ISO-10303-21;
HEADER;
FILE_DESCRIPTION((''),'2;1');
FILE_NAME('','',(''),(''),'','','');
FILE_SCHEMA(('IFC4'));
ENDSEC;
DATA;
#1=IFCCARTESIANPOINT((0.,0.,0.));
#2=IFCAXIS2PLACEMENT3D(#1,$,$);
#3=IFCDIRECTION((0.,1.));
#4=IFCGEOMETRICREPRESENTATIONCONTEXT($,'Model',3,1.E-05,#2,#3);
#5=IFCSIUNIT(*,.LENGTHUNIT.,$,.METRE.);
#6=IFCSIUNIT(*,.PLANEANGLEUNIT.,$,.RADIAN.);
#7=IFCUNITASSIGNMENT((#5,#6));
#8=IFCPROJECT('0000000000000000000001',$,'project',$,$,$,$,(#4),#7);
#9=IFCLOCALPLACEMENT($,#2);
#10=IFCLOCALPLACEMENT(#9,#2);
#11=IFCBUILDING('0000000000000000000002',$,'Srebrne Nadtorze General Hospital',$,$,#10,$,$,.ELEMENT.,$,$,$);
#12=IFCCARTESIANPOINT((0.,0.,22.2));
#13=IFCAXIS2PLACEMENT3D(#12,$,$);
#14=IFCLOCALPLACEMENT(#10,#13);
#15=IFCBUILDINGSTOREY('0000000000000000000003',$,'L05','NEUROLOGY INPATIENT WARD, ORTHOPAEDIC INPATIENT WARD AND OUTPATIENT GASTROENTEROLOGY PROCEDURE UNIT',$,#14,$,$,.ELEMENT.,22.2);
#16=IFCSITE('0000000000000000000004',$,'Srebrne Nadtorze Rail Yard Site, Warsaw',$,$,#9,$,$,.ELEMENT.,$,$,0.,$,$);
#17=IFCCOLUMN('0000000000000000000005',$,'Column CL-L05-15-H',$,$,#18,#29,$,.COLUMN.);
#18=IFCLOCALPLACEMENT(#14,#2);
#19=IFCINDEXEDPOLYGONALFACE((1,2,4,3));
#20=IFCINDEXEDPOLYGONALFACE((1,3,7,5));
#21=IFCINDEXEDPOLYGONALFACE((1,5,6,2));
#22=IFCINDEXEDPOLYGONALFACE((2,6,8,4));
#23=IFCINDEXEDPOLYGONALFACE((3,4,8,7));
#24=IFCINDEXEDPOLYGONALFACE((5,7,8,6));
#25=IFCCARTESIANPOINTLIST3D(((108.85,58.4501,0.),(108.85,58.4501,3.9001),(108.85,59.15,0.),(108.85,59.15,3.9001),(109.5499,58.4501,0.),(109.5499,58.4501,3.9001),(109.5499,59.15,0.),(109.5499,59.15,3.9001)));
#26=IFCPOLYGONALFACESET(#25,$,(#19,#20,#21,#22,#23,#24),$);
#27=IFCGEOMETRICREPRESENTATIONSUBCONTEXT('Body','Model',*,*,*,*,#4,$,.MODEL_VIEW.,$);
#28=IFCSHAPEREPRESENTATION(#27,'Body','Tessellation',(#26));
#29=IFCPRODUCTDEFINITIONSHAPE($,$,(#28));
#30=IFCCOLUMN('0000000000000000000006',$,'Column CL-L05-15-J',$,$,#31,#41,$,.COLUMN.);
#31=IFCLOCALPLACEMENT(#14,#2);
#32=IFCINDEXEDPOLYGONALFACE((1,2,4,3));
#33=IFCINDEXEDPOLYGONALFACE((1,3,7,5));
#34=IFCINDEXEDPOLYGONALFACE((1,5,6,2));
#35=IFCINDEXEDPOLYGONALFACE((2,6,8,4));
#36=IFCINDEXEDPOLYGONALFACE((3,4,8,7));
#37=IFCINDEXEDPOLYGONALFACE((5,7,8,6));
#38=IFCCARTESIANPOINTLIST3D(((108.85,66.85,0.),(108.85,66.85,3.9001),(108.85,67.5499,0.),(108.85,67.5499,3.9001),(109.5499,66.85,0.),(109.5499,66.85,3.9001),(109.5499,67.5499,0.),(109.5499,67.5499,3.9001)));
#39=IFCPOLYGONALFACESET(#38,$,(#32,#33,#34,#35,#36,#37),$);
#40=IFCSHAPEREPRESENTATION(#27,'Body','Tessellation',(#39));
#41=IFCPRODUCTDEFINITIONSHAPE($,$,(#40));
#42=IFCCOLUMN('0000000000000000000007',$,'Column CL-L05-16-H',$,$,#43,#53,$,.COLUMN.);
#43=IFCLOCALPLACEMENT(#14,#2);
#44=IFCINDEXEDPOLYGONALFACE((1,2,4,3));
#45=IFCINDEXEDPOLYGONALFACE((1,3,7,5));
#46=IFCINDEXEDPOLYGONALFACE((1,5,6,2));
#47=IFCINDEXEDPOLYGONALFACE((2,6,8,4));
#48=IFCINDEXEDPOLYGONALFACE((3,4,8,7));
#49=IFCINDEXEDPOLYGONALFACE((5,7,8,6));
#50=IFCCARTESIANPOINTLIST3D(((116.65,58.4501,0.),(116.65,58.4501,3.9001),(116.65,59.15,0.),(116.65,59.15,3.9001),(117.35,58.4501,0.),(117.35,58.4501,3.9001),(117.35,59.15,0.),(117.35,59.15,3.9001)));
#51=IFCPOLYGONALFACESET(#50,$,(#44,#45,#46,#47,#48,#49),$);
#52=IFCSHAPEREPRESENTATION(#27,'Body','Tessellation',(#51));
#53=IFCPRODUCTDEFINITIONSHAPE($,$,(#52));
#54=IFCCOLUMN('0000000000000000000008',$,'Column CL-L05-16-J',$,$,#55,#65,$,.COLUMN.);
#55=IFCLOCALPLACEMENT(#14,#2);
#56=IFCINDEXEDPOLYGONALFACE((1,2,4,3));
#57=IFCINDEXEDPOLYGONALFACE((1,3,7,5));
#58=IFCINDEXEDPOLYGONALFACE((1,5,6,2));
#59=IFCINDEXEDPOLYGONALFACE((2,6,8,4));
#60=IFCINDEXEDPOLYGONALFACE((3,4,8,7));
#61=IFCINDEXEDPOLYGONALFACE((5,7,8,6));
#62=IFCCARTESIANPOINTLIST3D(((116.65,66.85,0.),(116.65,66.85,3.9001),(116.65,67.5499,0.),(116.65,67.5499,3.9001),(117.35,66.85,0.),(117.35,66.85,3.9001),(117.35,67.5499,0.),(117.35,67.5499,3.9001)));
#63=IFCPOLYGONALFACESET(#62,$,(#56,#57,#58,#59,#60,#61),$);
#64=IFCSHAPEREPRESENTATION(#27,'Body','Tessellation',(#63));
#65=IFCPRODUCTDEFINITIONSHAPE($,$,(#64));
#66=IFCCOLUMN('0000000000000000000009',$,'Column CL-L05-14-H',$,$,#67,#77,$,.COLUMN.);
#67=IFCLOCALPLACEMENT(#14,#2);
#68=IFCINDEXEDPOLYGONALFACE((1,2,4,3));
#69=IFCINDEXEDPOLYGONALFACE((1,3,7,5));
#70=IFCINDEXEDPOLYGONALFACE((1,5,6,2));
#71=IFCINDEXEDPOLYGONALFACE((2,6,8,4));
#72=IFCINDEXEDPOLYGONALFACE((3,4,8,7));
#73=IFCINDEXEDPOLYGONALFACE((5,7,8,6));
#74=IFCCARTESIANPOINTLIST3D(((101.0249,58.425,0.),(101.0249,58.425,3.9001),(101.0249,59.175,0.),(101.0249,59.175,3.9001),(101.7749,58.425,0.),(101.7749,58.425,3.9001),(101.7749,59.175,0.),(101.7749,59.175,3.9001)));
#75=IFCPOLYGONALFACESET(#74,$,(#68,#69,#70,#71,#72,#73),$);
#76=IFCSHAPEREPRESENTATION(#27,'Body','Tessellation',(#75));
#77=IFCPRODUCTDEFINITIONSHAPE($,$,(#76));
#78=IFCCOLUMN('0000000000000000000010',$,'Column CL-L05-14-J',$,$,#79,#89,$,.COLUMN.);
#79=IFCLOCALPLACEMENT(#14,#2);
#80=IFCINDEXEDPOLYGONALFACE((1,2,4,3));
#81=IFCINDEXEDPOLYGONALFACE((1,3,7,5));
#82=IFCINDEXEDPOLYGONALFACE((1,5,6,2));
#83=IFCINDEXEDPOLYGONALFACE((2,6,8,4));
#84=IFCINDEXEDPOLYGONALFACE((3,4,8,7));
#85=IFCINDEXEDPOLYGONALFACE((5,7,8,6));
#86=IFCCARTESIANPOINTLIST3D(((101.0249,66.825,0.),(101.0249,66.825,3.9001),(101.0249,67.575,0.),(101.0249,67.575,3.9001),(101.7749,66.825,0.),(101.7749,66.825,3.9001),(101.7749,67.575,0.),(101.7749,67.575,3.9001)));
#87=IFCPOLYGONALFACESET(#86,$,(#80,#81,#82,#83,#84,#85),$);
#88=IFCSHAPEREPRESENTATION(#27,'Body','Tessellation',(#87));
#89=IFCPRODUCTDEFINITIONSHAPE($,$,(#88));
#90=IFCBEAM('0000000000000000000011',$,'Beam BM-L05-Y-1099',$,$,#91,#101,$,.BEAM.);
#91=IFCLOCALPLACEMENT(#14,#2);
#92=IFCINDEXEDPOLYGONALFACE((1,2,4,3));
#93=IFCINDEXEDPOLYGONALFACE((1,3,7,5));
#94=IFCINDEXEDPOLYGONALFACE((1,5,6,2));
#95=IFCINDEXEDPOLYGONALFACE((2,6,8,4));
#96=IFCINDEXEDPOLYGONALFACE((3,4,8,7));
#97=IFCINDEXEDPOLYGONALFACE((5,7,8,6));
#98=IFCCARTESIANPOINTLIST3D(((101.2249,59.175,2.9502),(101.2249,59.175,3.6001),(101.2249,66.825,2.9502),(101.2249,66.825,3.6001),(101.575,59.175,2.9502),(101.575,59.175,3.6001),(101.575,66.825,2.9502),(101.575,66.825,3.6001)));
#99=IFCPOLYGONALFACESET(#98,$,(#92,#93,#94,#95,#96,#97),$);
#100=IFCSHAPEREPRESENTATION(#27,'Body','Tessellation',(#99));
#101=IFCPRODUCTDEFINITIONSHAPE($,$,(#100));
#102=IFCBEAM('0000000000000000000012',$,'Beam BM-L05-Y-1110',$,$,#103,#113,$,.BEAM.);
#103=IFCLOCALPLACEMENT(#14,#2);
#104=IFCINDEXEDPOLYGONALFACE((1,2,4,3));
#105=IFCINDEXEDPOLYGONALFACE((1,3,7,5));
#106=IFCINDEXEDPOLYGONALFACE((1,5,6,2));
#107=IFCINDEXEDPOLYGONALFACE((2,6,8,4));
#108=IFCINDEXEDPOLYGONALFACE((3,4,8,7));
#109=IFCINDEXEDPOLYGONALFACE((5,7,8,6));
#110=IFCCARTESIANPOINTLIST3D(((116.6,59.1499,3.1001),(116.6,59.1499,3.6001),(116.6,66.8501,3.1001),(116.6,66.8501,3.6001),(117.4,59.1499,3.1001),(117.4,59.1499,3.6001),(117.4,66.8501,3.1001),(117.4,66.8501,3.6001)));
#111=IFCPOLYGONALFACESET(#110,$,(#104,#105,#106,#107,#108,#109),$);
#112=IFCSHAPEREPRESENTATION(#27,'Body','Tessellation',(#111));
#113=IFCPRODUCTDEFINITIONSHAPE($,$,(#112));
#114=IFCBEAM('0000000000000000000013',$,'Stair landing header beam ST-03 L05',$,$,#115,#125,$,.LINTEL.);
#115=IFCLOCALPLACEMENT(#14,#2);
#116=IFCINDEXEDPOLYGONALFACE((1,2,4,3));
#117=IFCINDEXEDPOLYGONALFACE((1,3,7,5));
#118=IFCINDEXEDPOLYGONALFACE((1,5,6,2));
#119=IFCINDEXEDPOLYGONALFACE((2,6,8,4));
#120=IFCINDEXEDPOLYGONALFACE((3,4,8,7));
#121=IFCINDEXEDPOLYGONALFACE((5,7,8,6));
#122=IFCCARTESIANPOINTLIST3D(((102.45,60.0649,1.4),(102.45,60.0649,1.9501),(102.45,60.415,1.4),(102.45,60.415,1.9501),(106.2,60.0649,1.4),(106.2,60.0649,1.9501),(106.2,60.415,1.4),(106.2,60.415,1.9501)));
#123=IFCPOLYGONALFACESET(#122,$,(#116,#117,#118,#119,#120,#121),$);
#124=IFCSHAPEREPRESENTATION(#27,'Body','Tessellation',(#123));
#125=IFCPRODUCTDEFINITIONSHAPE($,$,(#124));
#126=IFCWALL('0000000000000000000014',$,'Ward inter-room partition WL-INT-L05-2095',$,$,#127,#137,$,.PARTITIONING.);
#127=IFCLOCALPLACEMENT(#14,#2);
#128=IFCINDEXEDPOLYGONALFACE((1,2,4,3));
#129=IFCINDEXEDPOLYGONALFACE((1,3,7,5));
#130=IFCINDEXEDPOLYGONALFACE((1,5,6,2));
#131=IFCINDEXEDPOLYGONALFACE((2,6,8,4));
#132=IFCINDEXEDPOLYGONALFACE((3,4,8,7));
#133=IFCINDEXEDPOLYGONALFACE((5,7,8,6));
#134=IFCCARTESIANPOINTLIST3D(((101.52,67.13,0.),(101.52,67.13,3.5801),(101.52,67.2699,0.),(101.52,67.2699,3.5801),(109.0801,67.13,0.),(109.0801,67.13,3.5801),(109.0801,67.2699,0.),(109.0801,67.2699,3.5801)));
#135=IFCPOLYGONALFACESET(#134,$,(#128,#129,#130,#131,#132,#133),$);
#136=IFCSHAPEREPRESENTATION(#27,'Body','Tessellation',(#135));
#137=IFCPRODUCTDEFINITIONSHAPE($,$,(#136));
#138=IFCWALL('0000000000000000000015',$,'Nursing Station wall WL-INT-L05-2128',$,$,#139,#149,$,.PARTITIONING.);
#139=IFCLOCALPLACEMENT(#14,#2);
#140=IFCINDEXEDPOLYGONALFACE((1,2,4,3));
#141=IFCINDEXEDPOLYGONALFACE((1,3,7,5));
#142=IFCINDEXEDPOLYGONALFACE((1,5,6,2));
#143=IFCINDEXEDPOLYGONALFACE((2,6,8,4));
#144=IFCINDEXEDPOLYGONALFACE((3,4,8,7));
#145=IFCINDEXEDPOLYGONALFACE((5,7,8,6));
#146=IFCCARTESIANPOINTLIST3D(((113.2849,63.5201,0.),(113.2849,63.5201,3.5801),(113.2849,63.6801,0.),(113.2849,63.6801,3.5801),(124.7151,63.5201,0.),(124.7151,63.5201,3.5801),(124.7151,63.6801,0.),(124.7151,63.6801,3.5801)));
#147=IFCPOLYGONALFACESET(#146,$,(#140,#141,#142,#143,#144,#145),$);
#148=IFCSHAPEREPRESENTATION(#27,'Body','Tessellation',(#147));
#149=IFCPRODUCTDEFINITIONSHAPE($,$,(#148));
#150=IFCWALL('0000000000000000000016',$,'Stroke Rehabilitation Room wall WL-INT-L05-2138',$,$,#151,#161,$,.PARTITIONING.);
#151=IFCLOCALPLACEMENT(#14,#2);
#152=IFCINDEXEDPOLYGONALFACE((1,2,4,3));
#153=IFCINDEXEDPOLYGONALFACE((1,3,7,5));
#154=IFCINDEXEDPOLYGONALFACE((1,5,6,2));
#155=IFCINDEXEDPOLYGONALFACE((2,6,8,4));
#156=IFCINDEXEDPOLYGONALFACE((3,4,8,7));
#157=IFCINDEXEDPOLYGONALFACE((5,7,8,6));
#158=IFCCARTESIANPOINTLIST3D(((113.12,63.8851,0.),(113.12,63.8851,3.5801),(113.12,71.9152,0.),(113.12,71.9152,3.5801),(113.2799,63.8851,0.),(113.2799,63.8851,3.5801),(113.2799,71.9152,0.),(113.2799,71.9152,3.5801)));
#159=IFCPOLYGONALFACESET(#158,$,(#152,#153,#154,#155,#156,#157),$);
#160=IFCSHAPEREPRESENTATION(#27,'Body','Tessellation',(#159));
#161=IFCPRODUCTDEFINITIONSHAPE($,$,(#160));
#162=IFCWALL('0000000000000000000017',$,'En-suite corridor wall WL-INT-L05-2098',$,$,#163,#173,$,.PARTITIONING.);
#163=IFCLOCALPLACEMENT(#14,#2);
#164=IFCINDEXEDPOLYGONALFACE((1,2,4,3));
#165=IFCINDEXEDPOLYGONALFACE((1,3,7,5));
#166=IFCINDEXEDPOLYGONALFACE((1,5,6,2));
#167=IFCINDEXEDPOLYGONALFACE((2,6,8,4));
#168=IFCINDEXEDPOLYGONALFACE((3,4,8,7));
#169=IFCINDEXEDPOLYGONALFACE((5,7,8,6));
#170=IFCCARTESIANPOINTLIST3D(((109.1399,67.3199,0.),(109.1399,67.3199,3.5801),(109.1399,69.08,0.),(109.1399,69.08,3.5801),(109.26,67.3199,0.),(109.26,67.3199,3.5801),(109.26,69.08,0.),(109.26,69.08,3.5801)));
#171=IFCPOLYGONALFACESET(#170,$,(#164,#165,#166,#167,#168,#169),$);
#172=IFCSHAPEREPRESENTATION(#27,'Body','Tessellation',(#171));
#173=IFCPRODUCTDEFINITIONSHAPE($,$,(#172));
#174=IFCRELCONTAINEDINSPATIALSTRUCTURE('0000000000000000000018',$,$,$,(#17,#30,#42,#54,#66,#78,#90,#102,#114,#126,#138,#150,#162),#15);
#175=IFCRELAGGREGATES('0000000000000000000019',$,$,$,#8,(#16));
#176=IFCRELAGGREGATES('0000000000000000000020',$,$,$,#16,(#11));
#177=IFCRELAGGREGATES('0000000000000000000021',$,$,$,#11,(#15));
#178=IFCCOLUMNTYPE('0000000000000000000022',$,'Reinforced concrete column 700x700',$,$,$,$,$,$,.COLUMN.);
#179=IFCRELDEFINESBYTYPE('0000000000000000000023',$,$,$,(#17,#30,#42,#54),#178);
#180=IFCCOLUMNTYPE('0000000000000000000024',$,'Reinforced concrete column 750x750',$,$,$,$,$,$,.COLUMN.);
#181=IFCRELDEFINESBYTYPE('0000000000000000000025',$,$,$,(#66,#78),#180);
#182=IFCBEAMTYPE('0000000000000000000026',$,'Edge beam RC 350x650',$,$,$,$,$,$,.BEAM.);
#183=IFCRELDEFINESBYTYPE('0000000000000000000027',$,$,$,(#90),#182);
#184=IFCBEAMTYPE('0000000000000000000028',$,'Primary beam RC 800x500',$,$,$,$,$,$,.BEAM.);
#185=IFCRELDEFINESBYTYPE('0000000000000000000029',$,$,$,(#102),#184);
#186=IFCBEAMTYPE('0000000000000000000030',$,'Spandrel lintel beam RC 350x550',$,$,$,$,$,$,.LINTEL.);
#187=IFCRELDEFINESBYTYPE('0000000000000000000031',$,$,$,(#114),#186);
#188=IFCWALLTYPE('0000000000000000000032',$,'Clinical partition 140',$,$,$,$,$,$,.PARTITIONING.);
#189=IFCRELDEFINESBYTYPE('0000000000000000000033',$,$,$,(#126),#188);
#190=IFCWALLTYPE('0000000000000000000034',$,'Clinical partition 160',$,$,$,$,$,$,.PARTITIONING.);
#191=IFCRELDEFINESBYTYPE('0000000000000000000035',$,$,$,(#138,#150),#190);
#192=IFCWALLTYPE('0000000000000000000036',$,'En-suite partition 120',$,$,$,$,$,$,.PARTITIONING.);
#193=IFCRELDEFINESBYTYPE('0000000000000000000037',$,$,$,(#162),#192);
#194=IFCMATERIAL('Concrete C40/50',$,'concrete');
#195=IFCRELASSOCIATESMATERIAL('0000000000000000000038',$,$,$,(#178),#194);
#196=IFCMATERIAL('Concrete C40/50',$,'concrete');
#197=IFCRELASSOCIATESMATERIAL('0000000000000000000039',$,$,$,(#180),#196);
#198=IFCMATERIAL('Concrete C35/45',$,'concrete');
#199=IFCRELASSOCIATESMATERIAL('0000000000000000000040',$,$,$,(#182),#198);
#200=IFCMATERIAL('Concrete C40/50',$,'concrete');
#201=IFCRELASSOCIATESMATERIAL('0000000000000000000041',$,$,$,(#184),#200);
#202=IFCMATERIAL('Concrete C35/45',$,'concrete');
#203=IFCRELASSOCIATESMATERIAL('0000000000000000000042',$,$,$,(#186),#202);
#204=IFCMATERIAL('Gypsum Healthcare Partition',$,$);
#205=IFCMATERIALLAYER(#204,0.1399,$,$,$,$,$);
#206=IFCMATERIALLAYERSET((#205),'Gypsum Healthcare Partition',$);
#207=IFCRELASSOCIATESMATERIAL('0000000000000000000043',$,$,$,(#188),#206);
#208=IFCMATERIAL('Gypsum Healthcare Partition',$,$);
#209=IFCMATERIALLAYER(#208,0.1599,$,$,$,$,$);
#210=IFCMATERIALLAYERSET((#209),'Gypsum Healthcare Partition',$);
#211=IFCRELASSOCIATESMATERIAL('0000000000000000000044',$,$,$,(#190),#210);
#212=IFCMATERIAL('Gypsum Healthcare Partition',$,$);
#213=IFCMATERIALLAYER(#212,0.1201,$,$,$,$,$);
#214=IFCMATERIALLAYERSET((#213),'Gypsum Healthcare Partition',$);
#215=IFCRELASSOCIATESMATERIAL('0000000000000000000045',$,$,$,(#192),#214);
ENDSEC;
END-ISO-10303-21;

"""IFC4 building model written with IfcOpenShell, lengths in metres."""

from ifc_helpers import new_model, si_unit, direction, frame, frame_2d, origin, origin_2d, place, context, subcontext, project, spatial, rectangle, extrude, material, layer, layer_set, material_profile, profile_set, type_object, element, save


model = new_model("IFC4")

# Units and contexts
model_context = context("Model", 3, precision=1e-05, world=origin(), true_north=direction((0.0, 1.0)))
body_context = subcontext(model_context, "Body", "Model", "MODEL_VIEW")
ifc_project = project(units=[si_unit("LENGTHUNIT", "METRE"), si_unit("PLANEANGLEUNIT", "RADIAN")], contexts=[model_context])

# Site, building, storey
site_placement = place(None, origin())
site = spatial("IfcSite", under=ifc_project, at=site_placement, Name="Srebrne Nadtorze Rail Yard Site, Warsaw", CompositionType="ELEMENT", RefElevation=0.0)
building_placement = place(site_placement, origin())
building = spatial("IfcBuilding", under=site, at=building_placement, Name="Srebrne Nadtorze General Hospital", CompositionType="ELEMENT")
storey_placement = place(building_placement, frame((0.0, 0.0, 22.2)))
storey = spatial("IfcBuildingStorey", under=building, at=storey_placement, Name="L05", Description="NEUROLOGY INPATIENT WARD, ORTHOPAEDIC INPATIENT WARD AND OUTPATIENT GASTROENTEROLOGY PROCEDURE UNIT", CompositionType="ELEMENT", Elevation=22.2)

# Columns
ifc_material_1 = material(Name="Concrete C40/50", Category="concrete")
ifc_material_profile_1 = material_profile(ifc_material_1, rectangle(XDim=0.7, YDim=0.7, at=origin_2d()), Name="RC-COL-700x700")
ifc_profile_set_1 = profile_set([ifc_material_profile_1], Name="Concrete C40/50")
column_type_1 = type_object("IfcColumnType", Name="Reinforced concrete column 700x700", PredefinedType="COLUMN", material=ifc_profile_set_1)
for number, where, z_axis, x_axis, name in (
    (1, (109.2, 58.8, 0.0), (0.0, 0.0, 1.0), (1.0, 0.0, 0.0), "Column CL-L05-15-H"),
    (2, (109.2, 67.2, 0.0), (0.0, 0.0, 1.0), (1.0, 0.0, 0.0), "Column CL-L05-15-J"),
    (3, (117.0, 58.8, 0.0), (0.0, 0.0, 1.0), (1.0, 0.0, 0.0), "Column CL-L05-16-H"),
    (4, (117.0, 67.2, 0.0), (0.0, 0.0, 1.0), (1.0, 0.0, 0.0), "Column CL-L05-16-J"),
):
    element("IfcColumn", number, at=place(storey_placement, frame(where, z_axis=z_axis, x_axis=x_axis)), inside=storey, type_object=column_type_1, Name=name, PredefinedType="COLUMN", context=body_context, shape_type="SweptSolid", body=[
        extrude(rectangle(XDim=0.7, YDim=0.7, at=origin_2d()), origin(), (0.0, 0.0, 1.0), 3.9001),
    ])
ifc_material_2 = material(Name="Concrete C40/50", Category="concrete")
ifc_material_profile_2 = material_profile(ifc_material_2, rectangle(XDim=0.75, YDim=0.75, at=origin_2d()), Name="RC-COL-750x750")
ifc_profile_set_2 = profile_set([ifc_material_profile_2], Name="Concrete C40/50")
column_type_2 = type_object("IfcColumnType", Name="Reinforced concrete column 750x750", PredefinedType="COLUMN", material=ifc_profile_set_2)
for number, where, z_axis, x_axis, name in (
    (5, (101.3999, 58.8, 0.0), (0.0, 0.0, 1.0), (1.0, 0.0, 0.0), "Column CL-L05-14-H"),
    (6, (101.3999, 67.2, 0.0), (0.0, 0.0, 1.0), (1.0, 0.0, 0.0), "Column CL-L05-14-J"),
):
    element("IfcColumn", number, at=place(storey_placement, frame(where, z_axis=z_axis, x_axis=x_axis)), inside=storey, type_object=column_type_2, Name=name, PredefinedType="COLUMN", context=body_context, shape_type="SweptSolid", body=[
        extrude(rectangle(XDim=0.75, YDim=0.75, at=origin_2d()), origin(), (0.0, 0.0, 1.0), 3.9001),
    ])

# Beams
ifc_material_3 = material(Name="Concrete C35/45", Category="concrete")
ifc_material_profile_3 = material_profile(ifc_material_3, rectangle(XDim=0.3501, YDim=0.6499, at=origin_2d()), Name="RC-BM-350x650")
ifc_profile_set_3 = profile_set([ifc_material_profile_3], Name="Concrete C35/45")
beam_type_1 = type_object("IfcBeamType", Name="Edge beam RC 350x650", PredefinedType="BEAM", material=ifc_profile_set_3)
beam_1_placement = place(storey_placement, frame((101.3999, 59.175, 3.2751), z_axis=(0.0, 1.0, 0.0), x_axis=(-1.0, 0.0, 0.0)))
element("IfcBeam", 7, at=beam_1_placement, inside=storey, type_object=beam_type_1, Name="Beam BM-L05-Y-1099", PredefinedType="BEAM", context=body_context, shape_type="SweptSolid", body=[
    extrude(rectangle(XDim=0.3501, YDim=0.6499, at=origin_2d()), origin(), (0.0, 0.0, 1.0), 7.6499),
])
ifc_material_4 = material(Name="Concrete C40/50", Category="concrete")
ifc_material_profile_4 = material_profile(ifc_material_4, rectangle(XDim=0.8, YDim=0.5, at=origin_2d()), Name="RC-BM-800x500")
ifc_profile_set_4 = profile_set([ifc_material_profile_4], Name="Concrete C40/50")
beam_type_2 = type_object("IfcBeamType", Name="Primary beam RC 800x500", PredefinedType="BEAM", material=ifc_profile_set_4)
beam_2_placement = place(storey_placement, frame((117.0, 59.1499, 3.3501), z_axis=(0.0, 1.0, 0.0), x_axis=(-1.0, 0.0, 0.0)))
element("IfcBeam", 8, at=beam_2_placement, inside=storey, type_object=beam_type_2, Name="Beam BM-L05-Y-1110", PredefinedType="BEAM", context=body_context, shape_type="SweptSolid", body=[
    extrude(rectangle(XDim=0.8, YDim=0.5, at=origin_2d()), origin(), (0.0, 0.0, 1.0), 7.7002),
])
ifc_material_5 = material(Name="Concrete C35/45", Category="concrete")
ifc_material_profile_5 = material_profile(ifc_material_5, rectangle(XDim=0.3501, YDim=0.55, at=origin_2d()), Name="RC-BM-350x550")
ifc_profile_set_5 = profile_set([ifc_material_profile_5], Name="Concrete C35/45")
beam_type_3 = type_object("IfcBeamType", Name="Spandrel lintel beam RC 350x550", PredefinedType="LINTEL", material=ifc_profile_set_5)
beam_3_placement = place(storey_placement, frame((102.45, 60.24, 1.675), z_axis=(1.0, 0.0, 0.0), x_axis=(0.0, 1.0, 0.0)))
element("IfcBeam", 9, at=beam_3_placement, inside=storey, type_object=beam_type_3, Name="Stair landing header beam ST-03 L05", PredefinedType="LINTEL", context=body_context, shape_type="SweptSolid", body=[
    extrude(rectangle(XDim=0.3501, YDim=0.55, at=origin_2d()), origin(), (0.0, 0.0, 1.0), 3.75),
])

# Walls
ifc_material_6 = material(Name="Gypsum Healthcare Partition")
ifc_layer_1 = layer(ifc_material_6, 0.1399)
ifc_layer_set_1 = layer_set([ifc_layer_1], Name="Gypsum Healthcare Partition")
wall_type_1 = type_object("IfcWallType", Name="Clinical partition 140", PredefinedType="PARTITIONING", material=ifc_layer_set_1)
wall_1_placement = place(storey_placement, frame((101.52, 67.2, 0.0), z_axis=(0.0, 0.0, 1.0), x_axis=(1.0, 0.0, 0.0)))
element("IfcWall", 10, at=wall_1_placement, inside=storey, type_object=wall_type_1, Name="Ward inter-room partition WL-INT-L05-2095", PredefinedType="PARTITIONING", context=body_context, shape_type="SweptSolid", body=[
    extrude(rectangle(XDim=7.5601, YDim=0.1399, at=frame_2d((3.78, 0.0))), origin(), (0.0, 0.0, 1.0), 3.5801),
])
ifc_material_7 = material(Name="Gypsum Healthcare Partition")
ifc_layer_2 = layer(ifc_material_7, 0.1599)
ifc_layer_set_2 = layer_set([ifc_layer_2], Name="Gypsum Healthcare Partition")
wall_type_2 = type_object("IfcWallType", Name="Clinical partition 160", PredefinedType="PARTITIONING", material=ifc_layer_set_2)
wall_2_placement = place(storey_placement, frame((113.2849, 63.6001, 0.0), z_axis=(0.0, 0.0, 1.0), x_axis=(1.0, 0.0, 0.0)))
element("IfcWall", 11, at=wall_2_placement, inside=storey, type_object=wall_type_2, Name="Nursing Station wall WL-INT-L05-2128", PredefinedType="PARTITIONING", context=body_context, shape_type="SweptSolid", body=[
    extrude(rectangle(XDim=11.4302, YDim=0.1599, at=frame_2d((5.7151, 0.0))), origin(), (0.0, 0.0, 1.0), 3.5801),
])
wall_3_placement = place(storey_placement, frame((113.2, 63.885, 0.0), z_axis=(0.0, 0.0, 1.0), x_axis=(0.0, 1.0, 0.0)))
element("IfcWall", 12, at=wall_3_placement, inside=storey, type_object=wall_type_2, Name="Stroke Rehabilitation Room wall WL-INT-L05-2138", PredefinedType="PARTITIONING", context=body_context, shape_type="SweptSolid", body=[
    extrude(rectangle(XDim=8.03, YDim=0.1599, at=frame_2d((4.0151, 0.0))), origin(), (0.0, 0.0, 1.0), 3.5801),
])
ifc_material_8 = material(Name="Gypsum Healthcare Partition")
ifc_layer_3 = layer(ifc_material_8, 0.1201)
ifc_layer_set_3 = layer_set([ifc_layer_3], Name="Gypsum Healthcare Partition")
wall_type_3 = type_object("IfcWallType", Name="En-suite partition 120", PredefinedType="PARTITIONING", material=ifc_layer_set_3)
wall_4_placement = place(storey_placement, frame((109.2, 67.3201, 0.0), z_axis=(0.0, 0.0, 1.0), x_axis=(0.0, 1.0, 0.0)))
element("IfcWall", 13, at=wall_4_placement, inside=storey, type_object=wall_type_3, Name="En-suite corridor wall WL-INT-L05-2098", PredefinedType="PARTITIONING", context=body_context, shape_type="SweptSolid", body=[
    extrude(rectangle(XDim=1.76, YDim=0.1201, at=frame_2d((0.8799, 0.0))), origin(), (0.0, 0.0, 1.0), 3.5801),
])

save(model, "model.ifc")
